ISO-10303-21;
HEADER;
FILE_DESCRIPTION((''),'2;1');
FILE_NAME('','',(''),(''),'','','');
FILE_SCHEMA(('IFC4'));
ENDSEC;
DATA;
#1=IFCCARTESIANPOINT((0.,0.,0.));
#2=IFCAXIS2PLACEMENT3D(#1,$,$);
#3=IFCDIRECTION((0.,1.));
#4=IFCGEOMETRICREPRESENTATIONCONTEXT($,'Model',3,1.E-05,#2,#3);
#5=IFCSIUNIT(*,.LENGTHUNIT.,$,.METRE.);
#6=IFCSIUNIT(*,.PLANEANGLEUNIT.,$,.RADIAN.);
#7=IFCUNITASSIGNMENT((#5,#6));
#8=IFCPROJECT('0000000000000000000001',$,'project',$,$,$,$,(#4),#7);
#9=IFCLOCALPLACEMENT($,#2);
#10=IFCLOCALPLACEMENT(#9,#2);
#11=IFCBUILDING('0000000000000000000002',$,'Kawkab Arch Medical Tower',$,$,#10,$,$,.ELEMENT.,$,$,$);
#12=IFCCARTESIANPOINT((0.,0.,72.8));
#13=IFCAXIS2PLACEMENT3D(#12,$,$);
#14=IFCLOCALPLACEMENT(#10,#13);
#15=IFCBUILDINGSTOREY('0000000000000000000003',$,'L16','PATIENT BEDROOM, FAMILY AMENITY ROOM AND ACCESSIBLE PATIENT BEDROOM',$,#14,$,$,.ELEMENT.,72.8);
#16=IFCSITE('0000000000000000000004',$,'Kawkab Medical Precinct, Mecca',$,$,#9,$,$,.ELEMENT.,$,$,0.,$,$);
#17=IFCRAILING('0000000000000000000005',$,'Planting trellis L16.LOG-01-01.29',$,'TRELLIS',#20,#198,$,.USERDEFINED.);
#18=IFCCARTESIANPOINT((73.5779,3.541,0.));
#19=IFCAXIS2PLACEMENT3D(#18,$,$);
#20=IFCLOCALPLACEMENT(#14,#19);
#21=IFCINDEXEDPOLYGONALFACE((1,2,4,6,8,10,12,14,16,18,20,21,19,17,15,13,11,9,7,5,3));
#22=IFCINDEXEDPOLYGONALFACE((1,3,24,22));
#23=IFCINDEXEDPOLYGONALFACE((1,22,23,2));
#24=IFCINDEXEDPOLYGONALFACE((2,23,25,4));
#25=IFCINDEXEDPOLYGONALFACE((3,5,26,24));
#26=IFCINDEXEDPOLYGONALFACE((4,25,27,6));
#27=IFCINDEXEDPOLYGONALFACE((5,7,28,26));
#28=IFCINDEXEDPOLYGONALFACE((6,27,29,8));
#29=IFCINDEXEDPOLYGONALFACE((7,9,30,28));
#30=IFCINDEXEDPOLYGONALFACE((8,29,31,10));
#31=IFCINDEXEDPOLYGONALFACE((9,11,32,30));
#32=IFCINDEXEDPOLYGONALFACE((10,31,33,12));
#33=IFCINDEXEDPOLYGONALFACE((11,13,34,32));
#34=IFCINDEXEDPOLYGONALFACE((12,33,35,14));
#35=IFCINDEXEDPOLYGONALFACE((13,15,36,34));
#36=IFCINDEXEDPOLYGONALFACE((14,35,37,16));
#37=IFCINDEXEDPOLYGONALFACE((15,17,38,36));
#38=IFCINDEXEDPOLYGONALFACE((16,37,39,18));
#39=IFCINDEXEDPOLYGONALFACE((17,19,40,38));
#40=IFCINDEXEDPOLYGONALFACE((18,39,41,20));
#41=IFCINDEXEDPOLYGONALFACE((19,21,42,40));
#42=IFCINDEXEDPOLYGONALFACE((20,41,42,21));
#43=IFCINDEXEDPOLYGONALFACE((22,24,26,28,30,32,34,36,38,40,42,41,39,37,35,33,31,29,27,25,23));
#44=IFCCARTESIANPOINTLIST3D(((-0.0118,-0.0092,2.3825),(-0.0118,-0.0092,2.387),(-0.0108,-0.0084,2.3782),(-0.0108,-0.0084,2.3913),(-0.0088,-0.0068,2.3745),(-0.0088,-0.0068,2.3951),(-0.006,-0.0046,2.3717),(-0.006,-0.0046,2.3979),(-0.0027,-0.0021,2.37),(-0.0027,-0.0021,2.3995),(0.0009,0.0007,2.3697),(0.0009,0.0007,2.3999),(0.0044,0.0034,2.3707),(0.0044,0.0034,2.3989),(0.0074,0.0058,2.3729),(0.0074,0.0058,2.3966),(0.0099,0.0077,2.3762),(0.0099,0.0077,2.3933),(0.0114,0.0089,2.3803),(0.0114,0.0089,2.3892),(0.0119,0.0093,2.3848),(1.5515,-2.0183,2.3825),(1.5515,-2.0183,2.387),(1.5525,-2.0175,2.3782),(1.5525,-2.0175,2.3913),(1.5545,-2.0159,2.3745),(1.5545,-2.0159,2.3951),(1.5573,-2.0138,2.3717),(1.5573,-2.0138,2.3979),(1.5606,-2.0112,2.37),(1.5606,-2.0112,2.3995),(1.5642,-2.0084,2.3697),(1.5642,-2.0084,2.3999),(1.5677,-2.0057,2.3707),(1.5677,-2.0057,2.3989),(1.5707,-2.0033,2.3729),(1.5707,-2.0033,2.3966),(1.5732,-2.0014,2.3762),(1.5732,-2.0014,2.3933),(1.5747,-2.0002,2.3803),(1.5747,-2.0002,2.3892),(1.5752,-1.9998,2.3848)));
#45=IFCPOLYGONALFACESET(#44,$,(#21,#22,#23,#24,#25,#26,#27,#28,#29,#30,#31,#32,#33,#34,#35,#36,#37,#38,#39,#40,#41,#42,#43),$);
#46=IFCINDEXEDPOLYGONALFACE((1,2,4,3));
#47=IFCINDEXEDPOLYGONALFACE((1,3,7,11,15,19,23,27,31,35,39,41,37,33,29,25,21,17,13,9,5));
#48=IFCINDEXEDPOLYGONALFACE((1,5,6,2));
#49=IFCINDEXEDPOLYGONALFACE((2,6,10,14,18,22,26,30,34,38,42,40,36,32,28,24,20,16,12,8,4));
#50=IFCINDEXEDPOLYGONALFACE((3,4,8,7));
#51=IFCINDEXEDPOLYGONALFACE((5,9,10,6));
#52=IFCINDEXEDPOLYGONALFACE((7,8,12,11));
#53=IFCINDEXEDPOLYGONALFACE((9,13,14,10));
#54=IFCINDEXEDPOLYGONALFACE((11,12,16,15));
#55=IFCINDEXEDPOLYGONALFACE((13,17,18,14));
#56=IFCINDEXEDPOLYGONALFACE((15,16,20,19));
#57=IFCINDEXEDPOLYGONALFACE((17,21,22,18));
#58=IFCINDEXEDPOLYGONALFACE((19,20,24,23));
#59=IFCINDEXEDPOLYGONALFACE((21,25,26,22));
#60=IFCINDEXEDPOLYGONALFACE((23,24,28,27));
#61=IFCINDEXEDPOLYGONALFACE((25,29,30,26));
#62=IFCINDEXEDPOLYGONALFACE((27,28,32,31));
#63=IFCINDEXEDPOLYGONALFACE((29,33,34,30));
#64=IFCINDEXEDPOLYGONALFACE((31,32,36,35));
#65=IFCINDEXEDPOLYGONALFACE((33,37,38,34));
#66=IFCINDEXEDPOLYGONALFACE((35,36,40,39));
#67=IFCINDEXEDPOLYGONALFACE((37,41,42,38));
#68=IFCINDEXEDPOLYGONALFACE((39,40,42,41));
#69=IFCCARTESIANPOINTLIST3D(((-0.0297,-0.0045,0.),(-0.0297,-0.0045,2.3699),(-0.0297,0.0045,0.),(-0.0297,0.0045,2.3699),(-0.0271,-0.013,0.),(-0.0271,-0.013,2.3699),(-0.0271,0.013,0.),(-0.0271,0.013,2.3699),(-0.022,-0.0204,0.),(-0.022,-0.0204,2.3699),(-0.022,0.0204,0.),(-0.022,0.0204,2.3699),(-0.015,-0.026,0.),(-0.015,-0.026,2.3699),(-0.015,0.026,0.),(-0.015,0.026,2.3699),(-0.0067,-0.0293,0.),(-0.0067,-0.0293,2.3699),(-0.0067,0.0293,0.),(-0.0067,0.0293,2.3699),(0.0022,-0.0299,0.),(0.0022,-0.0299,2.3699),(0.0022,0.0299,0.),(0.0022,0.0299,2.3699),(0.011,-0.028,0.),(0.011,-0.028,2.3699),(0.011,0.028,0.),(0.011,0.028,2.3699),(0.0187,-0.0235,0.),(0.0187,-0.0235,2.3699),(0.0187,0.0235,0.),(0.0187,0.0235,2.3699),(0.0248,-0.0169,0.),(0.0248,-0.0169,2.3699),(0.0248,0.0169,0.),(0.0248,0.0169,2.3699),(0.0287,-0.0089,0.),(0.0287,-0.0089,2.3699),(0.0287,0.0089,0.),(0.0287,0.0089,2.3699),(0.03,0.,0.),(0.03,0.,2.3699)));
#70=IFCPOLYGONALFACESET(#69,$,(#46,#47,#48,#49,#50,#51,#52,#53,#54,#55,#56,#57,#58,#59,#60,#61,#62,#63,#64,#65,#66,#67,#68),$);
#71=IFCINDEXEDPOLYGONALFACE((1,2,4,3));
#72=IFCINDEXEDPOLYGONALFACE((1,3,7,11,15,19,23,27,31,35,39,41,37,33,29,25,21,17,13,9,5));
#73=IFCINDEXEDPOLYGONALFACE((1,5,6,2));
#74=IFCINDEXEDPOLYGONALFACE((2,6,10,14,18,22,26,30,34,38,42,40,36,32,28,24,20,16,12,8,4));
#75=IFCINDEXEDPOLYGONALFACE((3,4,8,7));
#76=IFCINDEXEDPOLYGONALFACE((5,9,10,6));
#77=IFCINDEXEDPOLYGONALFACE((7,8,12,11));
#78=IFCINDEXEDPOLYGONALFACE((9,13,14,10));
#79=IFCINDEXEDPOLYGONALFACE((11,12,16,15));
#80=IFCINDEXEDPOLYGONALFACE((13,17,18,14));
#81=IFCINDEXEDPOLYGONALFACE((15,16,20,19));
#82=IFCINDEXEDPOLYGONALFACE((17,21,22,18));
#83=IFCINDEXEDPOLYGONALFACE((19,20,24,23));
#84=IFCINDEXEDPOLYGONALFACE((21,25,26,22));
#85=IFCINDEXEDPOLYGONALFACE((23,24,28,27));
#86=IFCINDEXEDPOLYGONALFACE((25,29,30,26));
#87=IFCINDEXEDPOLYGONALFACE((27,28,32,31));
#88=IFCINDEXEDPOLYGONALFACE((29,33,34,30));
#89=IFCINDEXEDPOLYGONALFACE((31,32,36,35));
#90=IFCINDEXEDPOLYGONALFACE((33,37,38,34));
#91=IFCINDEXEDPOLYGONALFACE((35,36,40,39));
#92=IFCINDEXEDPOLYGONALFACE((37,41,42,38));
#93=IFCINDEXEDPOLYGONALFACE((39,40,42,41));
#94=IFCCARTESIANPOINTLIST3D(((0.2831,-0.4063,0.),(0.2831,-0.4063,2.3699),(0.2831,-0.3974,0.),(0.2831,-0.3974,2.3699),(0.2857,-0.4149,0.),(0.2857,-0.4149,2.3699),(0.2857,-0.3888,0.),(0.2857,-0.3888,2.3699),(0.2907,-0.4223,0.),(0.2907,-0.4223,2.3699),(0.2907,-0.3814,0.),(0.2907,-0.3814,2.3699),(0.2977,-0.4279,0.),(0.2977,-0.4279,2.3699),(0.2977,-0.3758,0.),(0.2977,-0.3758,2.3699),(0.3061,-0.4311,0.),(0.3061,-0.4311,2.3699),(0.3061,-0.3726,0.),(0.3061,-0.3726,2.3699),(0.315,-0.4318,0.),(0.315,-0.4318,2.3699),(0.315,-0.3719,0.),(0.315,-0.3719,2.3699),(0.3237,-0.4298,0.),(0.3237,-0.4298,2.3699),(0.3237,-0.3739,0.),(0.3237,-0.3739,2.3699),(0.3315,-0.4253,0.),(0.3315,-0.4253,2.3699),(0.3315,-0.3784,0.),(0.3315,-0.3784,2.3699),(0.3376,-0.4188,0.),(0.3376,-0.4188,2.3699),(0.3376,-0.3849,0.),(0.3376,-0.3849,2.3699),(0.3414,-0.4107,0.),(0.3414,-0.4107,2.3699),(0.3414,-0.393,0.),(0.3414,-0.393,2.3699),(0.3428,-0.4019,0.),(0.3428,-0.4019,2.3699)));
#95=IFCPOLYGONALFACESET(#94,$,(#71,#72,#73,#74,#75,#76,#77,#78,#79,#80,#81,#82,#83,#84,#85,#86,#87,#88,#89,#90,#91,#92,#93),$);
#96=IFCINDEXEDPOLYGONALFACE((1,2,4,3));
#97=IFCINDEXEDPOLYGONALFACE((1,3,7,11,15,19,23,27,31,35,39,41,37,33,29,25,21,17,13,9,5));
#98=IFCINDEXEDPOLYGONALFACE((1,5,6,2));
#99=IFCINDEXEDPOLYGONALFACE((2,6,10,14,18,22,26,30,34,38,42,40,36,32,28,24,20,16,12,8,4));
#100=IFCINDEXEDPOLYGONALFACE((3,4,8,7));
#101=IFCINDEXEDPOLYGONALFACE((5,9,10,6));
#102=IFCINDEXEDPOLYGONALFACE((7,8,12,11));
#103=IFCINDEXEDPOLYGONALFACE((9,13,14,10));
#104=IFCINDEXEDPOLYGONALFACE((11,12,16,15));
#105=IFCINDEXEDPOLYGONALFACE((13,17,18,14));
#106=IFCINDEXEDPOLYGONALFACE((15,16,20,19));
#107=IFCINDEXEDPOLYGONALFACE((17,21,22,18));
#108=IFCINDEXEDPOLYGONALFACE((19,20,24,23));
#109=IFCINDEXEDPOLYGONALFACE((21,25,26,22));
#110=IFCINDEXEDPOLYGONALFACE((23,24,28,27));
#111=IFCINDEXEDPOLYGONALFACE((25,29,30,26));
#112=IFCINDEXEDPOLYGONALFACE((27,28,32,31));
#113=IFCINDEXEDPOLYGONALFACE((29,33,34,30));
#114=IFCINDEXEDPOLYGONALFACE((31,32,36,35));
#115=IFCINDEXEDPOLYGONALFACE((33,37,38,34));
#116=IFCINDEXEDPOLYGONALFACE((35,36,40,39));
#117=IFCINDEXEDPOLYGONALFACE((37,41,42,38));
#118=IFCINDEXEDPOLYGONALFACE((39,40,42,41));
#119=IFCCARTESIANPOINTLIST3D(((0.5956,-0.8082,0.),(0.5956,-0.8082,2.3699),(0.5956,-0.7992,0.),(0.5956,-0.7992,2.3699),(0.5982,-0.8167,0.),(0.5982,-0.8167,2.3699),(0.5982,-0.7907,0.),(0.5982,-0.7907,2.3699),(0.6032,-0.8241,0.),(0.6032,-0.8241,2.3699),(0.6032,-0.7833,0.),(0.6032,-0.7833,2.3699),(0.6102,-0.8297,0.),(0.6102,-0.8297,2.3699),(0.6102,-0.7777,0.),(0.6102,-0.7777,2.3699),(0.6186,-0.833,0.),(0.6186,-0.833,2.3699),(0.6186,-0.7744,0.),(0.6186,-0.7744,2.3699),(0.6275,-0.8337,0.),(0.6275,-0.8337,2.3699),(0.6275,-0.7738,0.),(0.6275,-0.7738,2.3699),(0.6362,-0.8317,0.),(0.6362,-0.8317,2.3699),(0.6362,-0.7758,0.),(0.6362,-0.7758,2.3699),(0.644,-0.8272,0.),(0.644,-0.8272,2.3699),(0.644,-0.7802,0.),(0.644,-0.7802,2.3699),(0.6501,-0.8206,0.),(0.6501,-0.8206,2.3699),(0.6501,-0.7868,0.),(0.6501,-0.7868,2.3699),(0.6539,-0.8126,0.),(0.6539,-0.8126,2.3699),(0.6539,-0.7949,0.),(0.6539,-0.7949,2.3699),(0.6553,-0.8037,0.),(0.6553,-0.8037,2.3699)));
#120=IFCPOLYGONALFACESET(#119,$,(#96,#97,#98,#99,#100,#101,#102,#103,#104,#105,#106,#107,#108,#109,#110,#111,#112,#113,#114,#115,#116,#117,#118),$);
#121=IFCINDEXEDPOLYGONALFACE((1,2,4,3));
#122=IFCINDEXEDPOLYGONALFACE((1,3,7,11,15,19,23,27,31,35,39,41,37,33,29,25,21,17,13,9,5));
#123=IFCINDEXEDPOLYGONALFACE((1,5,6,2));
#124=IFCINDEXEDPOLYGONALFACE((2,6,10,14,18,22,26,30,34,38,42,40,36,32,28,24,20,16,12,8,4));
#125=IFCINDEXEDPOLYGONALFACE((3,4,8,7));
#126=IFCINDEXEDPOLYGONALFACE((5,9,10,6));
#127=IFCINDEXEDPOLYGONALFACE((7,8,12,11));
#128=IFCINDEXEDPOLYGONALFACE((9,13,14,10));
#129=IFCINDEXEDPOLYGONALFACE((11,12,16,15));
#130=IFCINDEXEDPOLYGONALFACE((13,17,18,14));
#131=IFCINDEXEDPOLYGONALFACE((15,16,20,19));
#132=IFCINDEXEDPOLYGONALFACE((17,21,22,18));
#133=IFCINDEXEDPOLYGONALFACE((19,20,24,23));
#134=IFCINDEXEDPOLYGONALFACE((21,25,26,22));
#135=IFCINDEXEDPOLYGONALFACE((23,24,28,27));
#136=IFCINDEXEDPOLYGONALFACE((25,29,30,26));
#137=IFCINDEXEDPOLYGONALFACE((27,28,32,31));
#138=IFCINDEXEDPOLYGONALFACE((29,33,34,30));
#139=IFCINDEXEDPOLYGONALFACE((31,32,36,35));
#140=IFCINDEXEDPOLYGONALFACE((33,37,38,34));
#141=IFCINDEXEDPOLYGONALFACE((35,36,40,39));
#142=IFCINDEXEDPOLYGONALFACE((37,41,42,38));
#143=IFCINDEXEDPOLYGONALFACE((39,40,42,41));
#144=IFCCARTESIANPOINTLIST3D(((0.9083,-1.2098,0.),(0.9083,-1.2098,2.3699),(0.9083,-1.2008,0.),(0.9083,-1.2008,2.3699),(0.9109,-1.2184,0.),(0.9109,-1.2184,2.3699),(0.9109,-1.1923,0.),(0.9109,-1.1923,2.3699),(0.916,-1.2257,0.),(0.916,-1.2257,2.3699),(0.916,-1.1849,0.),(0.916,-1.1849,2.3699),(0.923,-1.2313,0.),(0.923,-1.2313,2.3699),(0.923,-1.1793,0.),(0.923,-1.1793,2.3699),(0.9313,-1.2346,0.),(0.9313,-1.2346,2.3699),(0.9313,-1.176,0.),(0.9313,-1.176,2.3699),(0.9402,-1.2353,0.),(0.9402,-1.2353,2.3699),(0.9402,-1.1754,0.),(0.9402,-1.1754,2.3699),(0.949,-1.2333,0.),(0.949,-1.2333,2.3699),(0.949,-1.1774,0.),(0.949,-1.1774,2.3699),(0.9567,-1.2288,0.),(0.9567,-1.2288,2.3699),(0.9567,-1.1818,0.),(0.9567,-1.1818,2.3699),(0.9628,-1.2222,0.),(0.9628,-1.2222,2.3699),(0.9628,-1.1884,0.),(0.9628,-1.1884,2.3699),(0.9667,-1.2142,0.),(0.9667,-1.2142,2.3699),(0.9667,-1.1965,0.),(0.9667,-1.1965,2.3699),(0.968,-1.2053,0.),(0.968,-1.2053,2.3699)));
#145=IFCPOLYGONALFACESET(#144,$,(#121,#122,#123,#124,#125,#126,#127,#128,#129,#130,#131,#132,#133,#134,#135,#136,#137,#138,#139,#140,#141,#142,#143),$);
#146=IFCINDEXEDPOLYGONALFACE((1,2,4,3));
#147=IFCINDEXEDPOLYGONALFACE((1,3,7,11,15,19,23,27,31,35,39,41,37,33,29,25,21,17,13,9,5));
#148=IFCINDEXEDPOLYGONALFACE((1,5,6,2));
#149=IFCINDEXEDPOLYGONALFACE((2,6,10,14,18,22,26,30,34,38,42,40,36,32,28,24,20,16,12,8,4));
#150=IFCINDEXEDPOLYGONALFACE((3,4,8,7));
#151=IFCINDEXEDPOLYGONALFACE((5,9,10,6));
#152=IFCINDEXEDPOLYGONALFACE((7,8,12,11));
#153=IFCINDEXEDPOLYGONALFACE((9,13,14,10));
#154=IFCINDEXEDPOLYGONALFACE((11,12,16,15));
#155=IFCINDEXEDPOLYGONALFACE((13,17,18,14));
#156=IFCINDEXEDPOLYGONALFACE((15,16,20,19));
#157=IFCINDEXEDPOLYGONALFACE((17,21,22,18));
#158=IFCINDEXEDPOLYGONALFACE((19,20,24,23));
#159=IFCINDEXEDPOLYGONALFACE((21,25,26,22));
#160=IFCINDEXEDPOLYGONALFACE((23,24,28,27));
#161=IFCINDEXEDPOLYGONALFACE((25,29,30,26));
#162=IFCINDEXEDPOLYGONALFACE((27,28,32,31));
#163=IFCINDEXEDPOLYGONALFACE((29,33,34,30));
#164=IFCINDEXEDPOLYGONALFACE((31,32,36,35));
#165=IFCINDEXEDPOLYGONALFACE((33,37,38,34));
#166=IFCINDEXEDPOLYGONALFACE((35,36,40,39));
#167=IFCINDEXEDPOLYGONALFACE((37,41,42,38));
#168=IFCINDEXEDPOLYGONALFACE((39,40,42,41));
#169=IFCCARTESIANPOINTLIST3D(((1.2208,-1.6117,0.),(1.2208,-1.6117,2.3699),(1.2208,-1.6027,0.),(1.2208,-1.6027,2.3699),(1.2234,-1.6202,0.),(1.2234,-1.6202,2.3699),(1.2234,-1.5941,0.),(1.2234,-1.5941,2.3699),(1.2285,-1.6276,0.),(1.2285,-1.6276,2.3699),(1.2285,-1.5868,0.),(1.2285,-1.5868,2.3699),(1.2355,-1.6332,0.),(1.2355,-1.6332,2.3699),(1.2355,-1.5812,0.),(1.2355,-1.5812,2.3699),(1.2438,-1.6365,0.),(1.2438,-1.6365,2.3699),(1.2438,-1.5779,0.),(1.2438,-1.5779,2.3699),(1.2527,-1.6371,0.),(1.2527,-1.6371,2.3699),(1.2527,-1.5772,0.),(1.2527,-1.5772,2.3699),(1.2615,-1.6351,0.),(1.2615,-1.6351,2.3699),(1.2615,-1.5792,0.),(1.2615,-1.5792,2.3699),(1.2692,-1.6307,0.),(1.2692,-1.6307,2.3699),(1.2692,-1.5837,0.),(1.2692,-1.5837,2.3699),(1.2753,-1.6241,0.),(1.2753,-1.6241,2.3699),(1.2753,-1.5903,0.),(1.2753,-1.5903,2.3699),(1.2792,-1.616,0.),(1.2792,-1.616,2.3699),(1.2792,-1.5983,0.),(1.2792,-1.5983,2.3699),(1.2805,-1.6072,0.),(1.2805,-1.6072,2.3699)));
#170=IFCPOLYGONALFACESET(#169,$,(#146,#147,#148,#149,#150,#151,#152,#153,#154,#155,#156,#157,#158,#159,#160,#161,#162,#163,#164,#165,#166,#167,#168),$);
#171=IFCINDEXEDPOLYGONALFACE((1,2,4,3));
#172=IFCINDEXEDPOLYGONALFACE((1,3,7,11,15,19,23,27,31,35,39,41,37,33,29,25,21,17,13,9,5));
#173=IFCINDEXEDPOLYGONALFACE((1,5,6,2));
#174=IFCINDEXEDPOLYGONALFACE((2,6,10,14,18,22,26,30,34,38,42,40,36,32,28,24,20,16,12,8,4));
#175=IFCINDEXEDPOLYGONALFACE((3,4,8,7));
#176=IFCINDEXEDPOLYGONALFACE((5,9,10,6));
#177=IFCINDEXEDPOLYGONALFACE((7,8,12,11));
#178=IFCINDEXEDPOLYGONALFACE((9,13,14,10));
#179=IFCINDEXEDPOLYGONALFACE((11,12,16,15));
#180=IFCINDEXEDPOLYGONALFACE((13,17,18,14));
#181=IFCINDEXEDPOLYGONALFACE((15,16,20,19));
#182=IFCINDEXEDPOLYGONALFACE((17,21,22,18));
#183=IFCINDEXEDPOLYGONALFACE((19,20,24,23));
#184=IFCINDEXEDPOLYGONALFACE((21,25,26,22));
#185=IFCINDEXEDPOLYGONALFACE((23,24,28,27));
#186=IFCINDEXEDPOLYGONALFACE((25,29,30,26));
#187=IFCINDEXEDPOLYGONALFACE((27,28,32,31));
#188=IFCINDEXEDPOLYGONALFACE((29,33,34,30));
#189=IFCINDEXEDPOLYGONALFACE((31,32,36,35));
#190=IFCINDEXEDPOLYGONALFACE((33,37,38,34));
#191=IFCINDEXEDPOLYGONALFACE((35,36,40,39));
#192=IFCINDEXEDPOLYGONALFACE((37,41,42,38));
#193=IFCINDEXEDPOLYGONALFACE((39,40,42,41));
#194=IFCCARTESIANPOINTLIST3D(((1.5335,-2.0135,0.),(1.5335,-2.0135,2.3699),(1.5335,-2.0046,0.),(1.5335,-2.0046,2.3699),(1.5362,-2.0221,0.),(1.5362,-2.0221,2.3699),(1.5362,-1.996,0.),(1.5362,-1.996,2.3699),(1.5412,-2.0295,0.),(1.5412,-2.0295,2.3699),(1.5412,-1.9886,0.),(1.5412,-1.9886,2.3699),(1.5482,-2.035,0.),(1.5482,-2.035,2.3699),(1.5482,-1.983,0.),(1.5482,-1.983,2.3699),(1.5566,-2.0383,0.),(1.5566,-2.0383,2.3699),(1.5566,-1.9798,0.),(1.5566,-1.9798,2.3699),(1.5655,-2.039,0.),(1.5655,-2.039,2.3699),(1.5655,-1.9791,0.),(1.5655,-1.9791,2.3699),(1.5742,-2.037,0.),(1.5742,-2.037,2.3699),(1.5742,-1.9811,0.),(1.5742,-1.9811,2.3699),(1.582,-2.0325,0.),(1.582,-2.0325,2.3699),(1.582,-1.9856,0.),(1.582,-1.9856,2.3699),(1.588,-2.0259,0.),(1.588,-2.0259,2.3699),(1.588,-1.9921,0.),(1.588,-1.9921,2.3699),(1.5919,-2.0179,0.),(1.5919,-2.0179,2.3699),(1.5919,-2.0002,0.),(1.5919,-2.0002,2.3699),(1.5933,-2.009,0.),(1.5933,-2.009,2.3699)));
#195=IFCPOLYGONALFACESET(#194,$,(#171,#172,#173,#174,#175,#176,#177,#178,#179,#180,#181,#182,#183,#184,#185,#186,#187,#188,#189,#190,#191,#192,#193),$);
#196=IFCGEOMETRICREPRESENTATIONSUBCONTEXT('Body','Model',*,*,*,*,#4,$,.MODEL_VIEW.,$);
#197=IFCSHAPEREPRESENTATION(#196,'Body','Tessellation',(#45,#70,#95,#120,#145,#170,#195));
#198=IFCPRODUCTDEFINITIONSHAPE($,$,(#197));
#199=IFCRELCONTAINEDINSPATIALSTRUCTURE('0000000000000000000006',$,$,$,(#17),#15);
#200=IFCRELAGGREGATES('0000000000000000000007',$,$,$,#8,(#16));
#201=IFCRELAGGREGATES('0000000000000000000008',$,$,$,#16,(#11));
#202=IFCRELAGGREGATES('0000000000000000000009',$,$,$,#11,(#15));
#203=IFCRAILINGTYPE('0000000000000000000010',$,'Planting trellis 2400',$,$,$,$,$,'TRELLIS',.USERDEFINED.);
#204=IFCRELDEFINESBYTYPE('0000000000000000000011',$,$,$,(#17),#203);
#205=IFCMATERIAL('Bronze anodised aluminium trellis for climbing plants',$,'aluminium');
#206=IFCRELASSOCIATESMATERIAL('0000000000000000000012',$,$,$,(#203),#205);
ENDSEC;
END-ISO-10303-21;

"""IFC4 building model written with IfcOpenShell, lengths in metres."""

from ifc_helpers import new_model, si_unit, direction, frame, origin, origin_2d, place, context, subcontext, project, spatial, circle, extrude, material, type_object, element, save


model = new_model("IFC4")

# Units and contexts
model_context = context("Model", 3, precision=1e-05, world=origin(), true_north=direction((0.0, 1.0)))
body_context = subcontext(model_context, "Body", "Model", "MODEL_VIEW")
ifc_project = project(units=[si_unit("LENGTHUNIT", "METRE"), si_unit("PLANEANGLEUNIT", "RADIAN")], contexts=[model_context])

# Site, building, storey
site_placement = place(None, origin())
site = spatial("IfcSite", under=ifc_project, at=site_placement, Name="Kawkab Medical Precinct, Mecca", CompositionType="ELEMENT", RefElevation=0.0)
building_placement = place(site_placement, origin())
building = spatial("IfcBuilding", under=site, at=building_placement, Name="Kawkab Arch Medical Tower", CompositionType="ELEMENT")
storey_placement = place(building_placement, frame((0.0, 0.0, 72.8)))
storey = spatial("IfcBuildingStorey", under=building, at=storey_placement, Name="L16", Description="PATIENT BEDROOM, FAMILY AMENITY ROOM AND ACCESSIBLE PATIENT BEDROOM", CompositionType="ELEMENT", Elevation=72.8)

# Railing
ifc_material_1 = material(Name="Bronze anodised aluminium trellis for climbing plants", Category="aluminium")
railing_type = type_object("IfcRailingType", Name="Planting trellis 2400", ElementType="TRELLIS", PredefinedType="USERDEFINED", material=ifc_material_1)
railing_1_placement = place(storey_placement, frame((73.5779, 3.541, 0.0)))
element("IfcRailing", 1, at=railing_1_placement, inside=storey, type_object=railing_type, Name="Planting trellis L16.LOG-01-01.29", ObjectType="TRELLIS", PredefinedType="USERDEFINED", context=body_context, shape_type="SweptSolid", body=[
    extrude(circle(Radius=0.0151, at=origin_2d()), frame((0.0, 0.0, 2.3848), z_axis=(0.6141, -0.789228, 0.0), x_axis=(0.789228, 0.6141, 0.0)), (0.0, 0.0, 1.0), 2.5457),
    extrude(circle(Radius=0.03, at=origin_2d()), origin(), (0.0, 0.0, 1.0), 2.3699),
    extrude(circle(Radius=0.03, at=origin_2d()), frame((0.3127, -0.4019, 0.0)), (0.0, 0.0, 1.0), 2.3699),
    extrude(circle(Radius=0.03, at=origin_2d()), frame((0.6252, -0.8037, 0.0)), (0.0, 0.0, 1.0), 2.3699),
    extrude(circle(Radius=0.03, at=origin_2d()), frame((0.938, -1.2053, 0.0)), (0.0, 0.0, 1.0), 2.3699),
    extrude(circle(Radius=0.03, at=origin_2d()), frame((1.2505, -1.6072, 0.0)), (0.0, 0.0, 1.0), 2.3699),
    extrude(circle(Radius=0.03, at=origin_2d()), frame((1.5632, -2.009, 0.0)), (0.0, 0.0, 1.0), 2.3699),
])

save(model, "model.ifc")
